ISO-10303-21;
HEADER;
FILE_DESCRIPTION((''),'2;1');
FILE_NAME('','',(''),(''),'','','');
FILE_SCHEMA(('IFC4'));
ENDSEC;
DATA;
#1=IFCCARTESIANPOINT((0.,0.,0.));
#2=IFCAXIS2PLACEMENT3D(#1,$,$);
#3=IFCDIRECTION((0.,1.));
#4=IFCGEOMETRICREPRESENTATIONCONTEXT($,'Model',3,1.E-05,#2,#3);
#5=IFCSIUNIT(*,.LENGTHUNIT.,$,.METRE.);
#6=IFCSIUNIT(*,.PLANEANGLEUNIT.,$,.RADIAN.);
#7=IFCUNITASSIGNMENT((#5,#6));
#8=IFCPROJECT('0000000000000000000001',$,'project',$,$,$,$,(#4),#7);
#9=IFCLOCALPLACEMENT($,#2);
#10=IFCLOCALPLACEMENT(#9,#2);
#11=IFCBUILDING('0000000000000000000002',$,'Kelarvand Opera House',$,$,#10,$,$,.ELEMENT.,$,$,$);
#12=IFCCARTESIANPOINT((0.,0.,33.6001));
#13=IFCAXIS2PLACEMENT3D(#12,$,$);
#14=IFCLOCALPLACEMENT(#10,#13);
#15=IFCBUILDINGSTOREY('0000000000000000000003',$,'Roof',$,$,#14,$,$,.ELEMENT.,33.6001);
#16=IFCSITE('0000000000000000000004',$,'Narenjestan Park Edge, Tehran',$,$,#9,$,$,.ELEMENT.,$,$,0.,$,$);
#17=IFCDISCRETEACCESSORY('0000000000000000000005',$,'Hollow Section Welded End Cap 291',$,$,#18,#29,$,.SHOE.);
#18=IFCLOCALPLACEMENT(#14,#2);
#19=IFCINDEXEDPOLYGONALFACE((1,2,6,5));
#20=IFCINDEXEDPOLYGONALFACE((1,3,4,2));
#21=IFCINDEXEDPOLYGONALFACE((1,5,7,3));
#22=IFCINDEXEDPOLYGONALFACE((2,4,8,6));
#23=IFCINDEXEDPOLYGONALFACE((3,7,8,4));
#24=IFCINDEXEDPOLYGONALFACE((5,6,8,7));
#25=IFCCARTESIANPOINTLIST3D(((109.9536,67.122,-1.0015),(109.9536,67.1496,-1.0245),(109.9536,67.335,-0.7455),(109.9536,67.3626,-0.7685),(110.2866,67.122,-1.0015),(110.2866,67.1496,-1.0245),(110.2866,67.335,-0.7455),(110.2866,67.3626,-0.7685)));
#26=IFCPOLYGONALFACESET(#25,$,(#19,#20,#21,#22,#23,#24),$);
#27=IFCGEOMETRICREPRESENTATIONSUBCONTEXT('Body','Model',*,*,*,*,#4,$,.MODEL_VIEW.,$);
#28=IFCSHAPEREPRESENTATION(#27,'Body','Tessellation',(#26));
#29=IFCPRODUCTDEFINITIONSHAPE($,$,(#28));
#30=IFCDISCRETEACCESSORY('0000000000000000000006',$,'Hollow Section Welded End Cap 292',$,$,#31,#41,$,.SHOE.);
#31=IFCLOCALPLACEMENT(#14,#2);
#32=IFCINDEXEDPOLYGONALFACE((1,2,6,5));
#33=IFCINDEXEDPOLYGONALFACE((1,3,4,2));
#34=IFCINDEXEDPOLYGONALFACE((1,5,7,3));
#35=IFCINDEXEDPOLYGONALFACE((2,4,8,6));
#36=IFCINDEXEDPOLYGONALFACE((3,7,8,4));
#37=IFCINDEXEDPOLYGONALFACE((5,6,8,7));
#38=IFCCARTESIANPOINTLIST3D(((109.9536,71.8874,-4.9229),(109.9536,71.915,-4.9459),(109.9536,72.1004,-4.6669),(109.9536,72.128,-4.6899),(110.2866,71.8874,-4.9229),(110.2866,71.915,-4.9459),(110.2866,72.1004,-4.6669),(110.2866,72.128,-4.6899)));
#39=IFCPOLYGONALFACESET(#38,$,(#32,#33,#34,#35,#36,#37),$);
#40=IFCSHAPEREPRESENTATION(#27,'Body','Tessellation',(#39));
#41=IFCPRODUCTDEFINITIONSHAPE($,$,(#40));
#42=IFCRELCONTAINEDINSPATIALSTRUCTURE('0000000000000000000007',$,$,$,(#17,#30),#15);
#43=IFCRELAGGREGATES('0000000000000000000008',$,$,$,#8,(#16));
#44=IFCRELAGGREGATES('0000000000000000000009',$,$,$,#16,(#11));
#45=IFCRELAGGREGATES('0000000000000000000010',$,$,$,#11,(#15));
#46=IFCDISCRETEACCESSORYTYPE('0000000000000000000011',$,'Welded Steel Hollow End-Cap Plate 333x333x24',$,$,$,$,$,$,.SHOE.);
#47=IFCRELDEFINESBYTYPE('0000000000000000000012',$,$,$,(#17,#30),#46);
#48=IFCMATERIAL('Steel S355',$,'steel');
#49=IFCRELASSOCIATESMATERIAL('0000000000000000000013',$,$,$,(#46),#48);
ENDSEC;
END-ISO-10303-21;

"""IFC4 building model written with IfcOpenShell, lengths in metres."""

from ifc_helpers import new_model, si_unit, direction, frame, origin, origin_2d, place, context, subcontext, project, spatial, rectangle, extrude, material, material_profile, profile_set, type_object, element, save


model = new_model("IFC4")

# Units and contexts
model_context = context("Model", 3, precision=1e-05, world=origin(), true_north=direction((0.0, 1.0)))
body_context = subcontext(model_context, "Body", "Model", "MODEL_VIEW")
ifc_project = project(units=[si_unit("LENGTHUNIT", "METRE"), si_unit("PLANEANGLEUNIT", "RADIAN")], contexts=[model_context])

# Site, building, storey
site_placement = place(None, origin())
site = spatial("IfcSite", under=ifc_project, at=site_placement, Name="Narenjestan Park Edge, Tehran", CompositionType="ELEMENT", RefElevation=0.0)
building_placement = place(site_placement, origin())
building = spatial("IfcBuilding", under=site, at=building_placement, Name="Kelarvand Opera House", CompositionType="ELEMENT")
storey_placement = place(building_placement, frame((0.0, 0.0, 33.6001)))
storey = spatial("IfcBuildingStorey", under=building, at=storey_placement, Name="Roof", CompositionType="ELEMENT", Elevation=33.6001)

# Shared definitions
ifc_material = material(Name="Steel S355", Category="steel")

# Discrete accessories
ifc_material_profile_1 = material_profile(ifc_material, rectangle(XDim=0.333, YDim=0.333, at=origin_2d()), Name="Welded Steel Hollow End-Cap Plate 333x333x24", Category="steel")
ifc_profile_set_1 = profile_set([ifc_material_profile_1], Name="Steel S355")
discrete_accessory_type = type_object("IfcDiscreteAccessoryType", Name="Welded Steel Hollow End-Cap Plate 333x333x24", PredefinedType="SHOE", material=ifc_profile_set_1)
for number, where, z_axis, x_axis, name in (
    (1, (110.1201, 67.2561, -0.8965), (0.0, -0.768779, 0.639515), (1.0, 0.0, 0.0), "Hollow Section Welded End Cap 291"),
    (2, (110.1201, 71.9939, -4.7949), (0.0, 0.768779, -0.639515), (-1.0, 0.0, 0.0), "Hollow Section Welded End Cap 292"),
):
    element("IfcDiscreteAccessory", number, at=place(storey_placement, frame(where, z_axis=z_axis, x_axis=x_axis)), inside=storey, type_object=discrete_accessory_type, Name=name, PredefinedType="SHOE", context=body_context, shape_type="SweptSolid", body=[
        extrude(rectangle(XDim=0.333, YDim=0.333, at=origin_2d()), origin(), (0.0, 0.0, 1.0), 0.0359),
    ])

save(model, "model.ifc")
